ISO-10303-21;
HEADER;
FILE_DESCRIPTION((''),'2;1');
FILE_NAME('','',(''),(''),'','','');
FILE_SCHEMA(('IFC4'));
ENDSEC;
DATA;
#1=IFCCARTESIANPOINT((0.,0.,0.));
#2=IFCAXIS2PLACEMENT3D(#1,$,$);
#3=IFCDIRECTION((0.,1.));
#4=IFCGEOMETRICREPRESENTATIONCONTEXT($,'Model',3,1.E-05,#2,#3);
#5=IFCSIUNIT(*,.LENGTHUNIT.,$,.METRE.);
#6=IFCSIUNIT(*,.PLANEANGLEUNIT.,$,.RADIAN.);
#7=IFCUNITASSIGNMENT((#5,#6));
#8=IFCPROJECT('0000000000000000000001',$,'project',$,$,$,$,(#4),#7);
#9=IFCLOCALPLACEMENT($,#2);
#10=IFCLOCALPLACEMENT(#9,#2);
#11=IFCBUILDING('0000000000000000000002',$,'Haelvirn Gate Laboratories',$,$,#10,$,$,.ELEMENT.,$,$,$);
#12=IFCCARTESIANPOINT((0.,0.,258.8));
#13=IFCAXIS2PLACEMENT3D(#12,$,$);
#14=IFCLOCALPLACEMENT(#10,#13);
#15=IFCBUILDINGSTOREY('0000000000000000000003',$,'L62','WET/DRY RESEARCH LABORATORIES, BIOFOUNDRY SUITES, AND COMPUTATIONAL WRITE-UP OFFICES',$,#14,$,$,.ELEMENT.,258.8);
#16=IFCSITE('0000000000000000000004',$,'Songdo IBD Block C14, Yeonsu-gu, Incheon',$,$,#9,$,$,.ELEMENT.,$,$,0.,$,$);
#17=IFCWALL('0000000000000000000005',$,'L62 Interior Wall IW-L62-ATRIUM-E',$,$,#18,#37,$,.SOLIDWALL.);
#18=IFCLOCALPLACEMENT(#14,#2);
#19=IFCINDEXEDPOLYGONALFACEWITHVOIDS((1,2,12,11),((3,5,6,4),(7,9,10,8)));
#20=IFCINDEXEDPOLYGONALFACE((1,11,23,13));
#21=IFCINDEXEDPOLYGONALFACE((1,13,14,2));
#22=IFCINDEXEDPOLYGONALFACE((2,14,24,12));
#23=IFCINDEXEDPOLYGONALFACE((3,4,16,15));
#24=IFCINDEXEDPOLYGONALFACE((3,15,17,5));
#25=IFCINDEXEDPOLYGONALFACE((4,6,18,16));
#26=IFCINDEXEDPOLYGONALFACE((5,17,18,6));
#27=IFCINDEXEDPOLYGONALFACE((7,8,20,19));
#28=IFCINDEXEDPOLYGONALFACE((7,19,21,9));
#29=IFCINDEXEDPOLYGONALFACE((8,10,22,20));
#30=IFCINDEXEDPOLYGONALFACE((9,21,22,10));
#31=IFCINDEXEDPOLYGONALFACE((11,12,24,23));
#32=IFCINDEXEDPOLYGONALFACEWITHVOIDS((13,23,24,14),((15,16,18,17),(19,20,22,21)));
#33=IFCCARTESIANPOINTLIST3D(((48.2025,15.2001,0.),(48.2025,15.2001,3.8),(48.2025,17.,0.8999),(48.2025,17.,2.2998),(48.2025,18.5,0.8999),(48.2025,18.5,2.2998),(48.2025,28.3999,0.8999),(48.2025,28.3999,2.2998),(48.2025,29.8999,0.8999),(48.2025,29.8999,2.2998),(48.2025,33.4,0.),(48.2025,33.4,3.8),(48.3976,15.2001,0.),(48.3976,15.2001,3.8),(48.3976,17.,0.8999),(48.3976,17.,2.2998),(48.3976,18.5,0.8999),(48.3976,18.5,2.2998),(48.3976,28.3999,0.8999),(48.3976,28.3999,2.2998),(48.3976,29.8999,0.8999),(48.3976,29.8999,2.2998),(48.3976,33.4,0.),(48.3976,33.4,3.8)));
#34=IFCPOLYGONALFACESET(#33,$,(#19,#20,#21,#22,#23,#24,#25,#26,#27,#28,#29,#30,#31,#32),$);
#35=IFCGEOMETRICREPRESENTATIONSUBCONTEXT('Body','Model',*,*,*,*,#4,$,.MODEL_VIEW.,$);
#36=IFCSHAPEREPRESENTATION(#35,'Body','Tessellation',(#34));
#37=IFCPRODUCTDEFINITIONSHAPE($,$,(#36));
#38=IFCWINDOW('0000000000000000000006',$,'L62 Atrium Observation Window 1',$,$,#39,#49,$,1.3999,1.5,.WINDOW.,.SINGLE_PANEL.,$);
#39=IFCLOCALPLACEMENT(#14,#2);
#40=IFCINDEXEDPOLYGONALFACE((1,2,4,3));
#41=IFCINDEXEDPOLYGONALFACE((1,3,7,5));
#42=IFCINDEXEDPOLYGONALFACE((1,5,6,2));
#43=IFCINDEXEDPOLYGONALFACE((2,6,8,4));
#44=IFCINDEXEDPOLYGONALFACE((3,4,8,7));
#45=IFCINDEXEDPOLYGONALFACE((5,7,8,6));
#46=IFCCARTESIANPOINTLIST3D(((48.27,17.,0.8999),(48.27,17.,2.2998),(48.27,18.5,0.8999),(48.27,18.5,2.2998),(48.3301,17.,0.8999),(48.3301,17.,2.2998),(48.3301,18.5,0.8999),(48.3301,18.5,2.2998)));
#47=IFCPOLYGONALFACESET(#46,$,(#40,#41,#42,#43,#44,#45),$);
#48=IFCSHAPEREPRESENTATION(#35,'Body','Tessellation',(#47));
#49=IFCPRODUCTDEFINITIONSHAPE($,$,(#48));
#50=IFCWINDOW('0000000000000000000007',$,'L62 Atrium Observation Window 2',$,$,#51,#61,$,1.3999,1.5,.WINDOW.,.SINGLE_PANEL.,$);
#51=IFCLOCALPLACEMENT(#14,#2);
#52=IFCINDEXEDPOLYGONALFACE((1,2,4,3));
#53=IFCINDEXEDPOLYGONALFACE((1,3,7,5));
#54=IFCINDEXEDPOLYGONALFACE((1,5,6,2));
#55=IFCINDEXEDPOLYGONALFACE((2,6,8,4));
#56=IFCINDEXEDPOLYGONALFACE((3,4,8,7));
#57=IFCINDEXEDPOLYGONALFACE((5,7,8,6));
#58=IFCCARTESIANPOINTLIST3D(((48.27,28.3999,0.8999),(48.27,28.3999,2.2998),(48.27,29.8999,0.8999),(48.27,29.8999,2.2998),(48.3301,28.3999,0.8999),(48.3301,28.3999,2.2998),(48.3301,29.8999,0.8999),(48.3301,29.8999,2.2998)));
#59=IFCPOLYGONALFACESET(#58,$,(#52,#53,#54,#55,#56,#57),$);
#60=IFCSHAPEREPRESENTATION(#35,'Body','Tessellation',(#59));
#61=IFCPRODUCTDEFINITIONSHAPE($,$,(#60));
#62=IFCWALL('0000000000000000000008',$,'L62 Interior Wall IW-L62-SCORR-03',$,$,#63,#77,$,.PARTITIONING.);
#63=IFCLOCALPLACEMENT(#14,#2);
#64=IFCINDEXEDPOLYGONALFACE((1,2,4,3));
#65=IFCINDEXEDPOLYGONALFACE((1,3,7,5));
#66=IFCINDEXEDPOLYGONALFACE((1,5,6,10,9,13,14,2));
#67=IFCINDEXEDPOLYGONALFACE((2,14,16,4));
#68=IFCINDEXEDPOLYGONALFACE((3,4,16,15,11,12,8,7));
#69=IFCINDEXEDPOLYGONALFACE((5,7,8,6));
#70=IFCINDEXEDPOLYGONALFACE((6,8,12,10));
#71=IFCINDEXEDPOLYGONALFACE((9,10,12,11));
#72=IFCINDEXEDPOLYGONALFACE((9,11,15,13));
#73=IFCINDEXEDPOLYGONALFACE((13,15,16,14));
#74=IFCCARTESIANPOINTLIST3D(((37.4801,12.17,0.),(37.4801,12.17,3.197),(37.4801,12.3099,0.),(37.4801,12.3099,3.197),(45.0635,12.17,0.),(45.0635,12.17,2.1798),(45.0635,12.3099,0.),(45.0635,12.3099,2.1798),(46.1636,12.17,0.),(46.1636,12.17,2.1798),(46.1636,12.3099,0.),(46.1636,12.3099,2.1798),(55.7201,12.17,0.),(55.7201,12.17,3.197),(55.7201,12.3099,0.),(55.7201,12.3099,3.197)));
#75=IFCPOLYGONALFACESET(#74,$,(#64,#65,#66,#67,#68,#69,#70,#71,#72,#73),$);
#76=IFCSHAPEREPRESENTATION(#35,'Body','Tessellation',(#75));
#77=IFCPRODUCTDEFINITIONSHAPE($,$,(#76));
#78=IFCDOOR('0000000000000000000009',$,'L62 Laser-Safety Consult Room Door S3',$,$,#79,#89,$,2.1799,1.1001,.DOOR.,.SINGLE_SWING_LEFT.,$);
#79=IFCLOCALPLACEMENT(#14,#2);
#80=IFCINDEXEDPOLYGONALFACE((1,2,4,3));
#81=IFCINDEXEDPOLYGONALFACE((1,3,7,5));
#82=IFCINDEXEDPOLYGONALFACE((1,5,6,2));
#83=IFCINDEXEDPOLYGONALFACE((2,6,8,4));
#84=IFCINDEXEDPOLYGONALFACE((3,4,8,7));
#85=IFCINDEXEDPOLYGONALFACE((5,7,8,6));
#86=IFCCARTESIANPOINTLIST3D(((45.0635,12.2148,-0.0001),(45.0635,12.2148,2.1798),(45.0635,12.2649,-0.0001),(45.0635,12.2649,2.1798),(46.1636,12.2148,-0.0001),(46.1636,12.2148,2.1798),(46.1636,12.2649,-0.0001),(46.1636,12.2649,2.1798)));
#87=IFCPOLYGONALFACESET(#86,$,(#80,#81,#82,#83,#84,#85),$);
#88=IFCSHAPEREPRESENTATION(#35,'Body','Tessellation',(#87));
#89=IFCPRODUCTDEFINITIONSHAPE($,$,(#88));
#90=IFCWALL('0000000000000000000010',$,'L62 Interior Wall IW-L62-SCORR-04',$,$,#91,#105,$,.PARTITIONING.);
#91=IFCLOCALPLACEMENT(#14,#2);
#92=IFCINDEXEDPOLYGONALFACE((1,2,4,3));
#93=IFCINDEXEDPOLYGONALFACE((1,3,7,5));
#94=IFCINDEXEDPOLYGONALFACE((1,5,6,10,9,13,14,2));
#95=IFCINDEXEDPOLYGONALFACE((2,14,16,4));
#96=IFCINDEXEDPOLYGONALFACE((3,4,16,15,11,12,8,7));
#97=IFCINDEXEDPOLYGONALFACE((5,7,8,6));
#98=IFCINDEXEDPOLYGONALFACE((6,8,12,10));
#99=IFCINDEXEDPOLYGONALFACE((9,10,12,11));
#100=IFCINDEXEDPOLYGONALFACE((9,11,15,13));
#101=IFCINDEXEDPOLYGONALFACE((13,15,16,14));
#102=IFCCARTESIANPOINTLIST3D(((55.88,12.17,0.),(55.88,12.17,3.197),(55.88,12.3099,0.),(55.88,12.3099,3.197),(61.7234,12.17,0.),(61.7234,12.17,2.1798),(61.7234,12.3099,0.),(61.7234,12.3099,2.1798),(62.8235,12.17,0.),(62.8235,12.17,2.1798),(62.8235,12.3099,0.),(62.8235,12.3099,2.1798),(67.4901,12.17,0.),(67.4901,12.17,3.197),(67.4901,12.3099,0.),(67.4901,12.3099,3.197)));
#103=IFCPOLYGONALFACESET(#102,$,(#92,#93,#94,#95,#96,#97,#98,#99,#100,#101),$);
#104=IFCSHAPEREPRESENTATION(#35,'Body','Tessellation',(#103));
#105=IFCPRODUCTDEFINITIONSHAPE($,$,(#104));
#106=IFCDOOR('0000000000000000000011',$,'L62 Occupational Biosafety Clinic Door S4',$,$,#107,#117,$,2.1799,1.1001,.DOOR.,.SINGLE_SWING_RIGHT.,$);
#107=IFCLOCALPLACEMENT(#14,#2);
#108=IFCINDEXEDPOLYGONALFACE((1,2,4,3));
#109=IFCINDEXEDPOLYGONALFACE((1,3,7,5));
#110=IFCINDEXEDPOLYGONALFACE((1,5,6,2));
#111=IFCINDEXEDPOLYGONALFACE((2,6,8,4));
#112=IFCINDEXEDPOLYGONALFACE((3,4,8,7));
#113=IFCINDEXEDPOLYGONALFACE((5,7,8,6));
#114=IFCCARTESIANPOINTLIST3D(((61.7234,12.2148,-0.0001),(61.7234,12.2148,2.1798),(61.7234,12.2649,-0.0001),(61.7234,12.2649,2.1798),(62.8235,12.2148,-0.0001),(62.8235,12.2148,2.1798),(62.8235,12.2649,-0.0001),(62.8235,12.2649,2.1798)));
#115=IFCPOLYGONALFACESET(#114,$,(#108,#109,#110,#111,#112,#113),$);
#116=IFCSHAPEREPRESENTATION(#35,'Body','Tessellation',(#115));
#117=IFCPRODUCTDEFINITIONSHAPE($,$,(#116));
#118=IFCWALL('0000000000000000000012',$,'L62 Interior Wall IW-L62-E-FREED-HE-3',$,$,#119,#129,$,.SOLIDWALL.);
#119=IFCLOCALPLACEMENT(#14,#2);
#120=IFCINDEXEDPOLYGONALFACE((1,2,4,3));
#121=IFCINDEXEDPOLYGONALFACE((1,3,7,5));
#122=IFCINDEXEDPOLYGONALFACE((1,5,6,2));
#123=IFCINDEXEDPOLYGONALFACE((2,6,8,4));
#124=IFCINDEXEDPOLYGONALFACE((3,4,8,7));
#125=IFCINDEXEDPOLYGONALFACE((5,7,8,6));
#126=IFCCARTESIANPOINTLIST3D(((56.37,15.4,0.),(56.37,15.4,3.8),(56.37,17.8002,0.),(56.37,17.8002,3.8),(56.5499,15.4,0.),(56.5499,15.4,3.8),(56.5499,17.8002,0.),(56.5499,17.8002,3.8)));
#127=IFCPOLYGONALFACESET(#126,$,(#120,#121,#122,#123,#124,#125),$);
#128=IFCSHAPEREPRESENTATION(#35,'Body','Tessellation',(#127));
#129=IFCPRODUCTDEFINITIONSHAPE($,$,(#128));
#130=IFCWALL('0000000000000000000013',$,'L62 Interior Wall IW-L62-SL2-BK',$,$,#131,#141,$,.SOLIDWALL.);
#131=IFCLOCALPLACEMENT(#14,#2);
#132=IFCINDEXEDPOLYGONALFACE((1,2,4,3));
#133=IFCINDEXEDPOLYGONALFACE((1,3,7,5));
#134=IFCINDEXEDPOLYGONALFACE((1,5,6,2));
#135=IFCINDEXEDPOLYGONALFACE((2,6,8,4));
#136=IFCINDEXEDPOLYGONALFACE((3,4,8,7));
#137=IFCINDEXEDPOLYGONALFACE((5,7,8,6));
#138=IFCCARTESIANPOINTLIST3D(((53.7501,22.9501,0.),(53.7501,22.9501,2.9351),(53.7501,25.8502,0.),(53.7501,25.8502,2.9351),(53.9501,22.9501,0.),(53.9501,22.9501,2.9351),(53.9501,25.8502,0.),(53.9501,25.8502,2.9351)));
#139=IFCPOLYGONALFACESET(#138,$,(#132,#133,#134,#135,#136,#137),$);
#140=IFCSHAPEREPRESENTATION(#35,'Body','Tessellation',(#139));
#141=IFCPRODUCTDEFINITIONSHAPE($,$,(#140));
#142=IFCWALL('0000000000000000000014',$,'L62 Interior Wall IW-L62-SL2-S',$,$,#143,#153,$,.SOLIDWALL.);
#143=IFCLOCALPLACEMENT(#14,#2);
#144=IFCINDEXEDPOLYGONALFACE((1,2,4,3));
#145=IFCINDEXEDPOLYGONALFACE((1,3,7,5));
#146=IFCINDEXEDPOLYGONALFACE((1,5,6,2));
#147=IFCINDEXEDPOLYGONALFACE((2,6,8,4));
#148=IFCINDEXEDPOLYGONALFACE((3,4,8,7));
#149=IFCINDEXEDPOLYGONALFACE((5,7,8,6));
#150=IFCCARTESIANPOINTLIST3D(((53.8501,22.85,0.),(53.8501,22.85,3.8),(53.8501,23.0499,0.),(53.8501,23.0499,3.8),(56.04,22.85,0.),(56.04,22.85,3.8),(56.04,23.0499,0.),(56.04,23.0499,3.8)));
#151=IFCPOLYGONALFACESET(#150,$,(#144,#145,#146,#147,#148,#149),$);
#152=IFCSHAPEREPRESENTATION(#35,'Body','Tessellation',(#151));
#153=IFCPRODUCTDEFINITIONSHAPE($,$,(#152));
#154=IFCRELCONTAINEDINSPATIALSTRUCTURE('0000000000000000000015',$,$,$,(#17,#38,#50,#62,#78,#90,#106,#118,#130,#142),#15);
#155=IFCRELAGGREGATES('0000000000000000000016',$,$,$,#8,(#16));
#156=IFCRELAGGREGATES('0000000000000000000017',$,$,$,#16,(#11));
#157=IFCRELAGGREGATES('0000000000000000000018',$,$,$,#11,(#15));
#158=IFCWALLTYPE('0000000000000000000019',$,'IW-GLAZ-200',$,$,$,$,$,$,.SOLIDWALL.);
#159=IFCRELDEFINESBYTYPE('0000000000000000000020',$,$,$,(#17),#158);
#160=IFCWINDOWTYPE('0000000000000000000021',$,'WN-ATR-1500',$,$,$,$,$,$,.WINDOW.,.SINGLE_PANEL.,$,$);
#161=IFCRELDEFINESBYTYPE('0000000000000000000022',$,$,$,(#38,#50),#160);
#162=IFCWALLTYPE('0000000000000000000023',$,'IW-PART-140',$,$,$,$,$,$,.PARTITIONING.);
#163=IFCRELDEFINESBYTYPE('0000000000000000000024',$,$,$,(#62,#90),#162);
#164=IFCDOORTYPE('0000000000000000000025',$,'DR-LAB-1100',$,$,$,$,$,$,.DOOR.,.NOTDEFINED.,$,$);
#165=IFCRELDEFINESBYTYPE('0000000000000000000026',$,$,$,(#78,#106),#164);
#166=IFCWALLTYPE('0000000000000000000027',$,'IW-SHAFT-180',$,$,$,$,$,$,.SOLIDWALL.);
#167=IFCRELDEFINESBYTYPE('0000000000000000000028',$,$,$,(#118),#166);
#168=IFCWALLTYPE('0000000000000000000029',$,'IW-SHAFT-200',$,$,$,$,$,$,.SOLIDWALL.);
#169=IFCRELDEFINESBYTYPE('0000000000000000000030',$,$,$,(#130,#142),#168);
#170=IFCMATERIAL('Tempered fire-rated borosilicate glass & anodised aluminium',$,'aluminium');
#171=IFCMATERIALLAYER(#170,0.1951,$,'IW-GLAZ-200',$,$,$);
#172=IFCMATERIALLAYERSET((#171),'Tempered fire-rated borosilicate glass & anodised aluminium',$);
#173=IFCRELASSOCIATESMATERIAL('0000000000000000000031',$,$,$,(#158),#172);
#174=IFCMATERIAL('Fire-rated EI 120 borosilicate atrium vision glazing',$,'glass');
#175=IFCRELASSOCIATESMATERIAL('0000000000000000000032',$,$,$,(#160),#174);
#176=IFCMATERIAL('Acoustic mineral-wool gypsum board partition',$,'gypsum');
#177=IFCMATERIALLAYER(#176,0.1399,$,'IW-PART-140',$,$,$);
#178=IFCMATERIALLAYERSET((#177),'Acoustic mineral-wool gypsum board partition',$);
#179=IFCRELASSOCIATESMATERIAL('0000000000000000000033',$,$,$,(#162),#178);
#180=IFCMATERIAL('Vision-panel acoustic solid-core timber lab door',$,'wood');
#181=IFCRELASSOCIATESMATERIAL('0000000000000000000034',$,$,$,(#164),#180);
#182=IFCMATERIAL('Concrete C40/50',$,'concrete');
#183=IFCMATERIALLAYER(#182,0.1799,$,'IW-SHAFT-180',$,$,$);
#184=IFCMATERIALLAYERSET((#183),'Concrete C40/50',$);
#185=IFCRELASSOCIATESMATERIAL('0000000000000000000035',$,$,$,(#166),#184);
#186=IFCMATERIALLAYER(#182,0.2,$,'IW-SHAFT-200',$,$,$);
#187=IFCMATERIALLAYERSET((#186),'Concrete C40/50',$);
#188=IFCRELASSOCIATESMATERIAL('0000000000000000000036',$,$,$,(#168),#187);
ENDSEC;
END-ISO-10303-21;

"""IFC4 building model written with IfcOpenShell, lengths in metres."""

from ifc_helpers import new_model, si_unit, direction, frame, frame_2d, origin, place, context, subcontext, project, spatial, rectangle, extrude, source, transform, mapped, material, layer, layer_set, type_object, type_shapes, element, fill, save


model = new_model("IFC4")

# Units and contexts
model_context = context("Model", 3, precision=1e-05, world=origin(), true_north=direction((0.0, 1.0)))
body_context = subcontext(model_context, "Body", "Model", "MODEL_VIEW")
ifc_project = project(units=[si_unit("LENGTHUNIT", "METRE"), si_unit("PLANEANGLEUNIT", "RADIAN")], contexts=[model_context])

# Site, building, storey
site_placement = place(None, origin())
site = spatial("IfcSite", under=ifc_project, at=site_placement, Name="Songdo IBD Block C14, Yeonsu-gu, Incheon", CompositionType="ELEMENT", RefElevation=0.0)
building_placement = place(site_placement, origin())
building = spatial("IfcBuilding", under=site, at=building_placement, Name="Haelvirn Gate Laboratories", CompositionType="ELEMENT")
storey_placement = place(building_placement, frame((0.0, 0.0, 258.8)))
storey = spatial("IfcBuildingStorey", under=building, at=storey_placement, Name="L62", Description="WET/DRY RESEARCH LABORATORIES, BIOFOUNDRY SUITES, AND COMPUTATIONAL WRITE-UP OFFICES", CompositionType="ELEMENT", Elevation=258.8)

# Wall, openings, windows
ifc_material_1 = material(Name="Tempered fire-rated borosilicate glass & anodised aluminium", Category="aluminium")
ifc_layer_1 = layer(ifc_material_1, 0.1951, Name="IW-GLAZ-200")
ifc_layer_set_1 = layer_set([ifc_layer_1], Name="Tempered fire-rated borosilicate glass & anodised aluminium")
wall_type_1 = type_object("IfcWallType", Name="IW-GLAZ-200", PredefinedType="SOLIDWALL", material=ifc_layer_set_1)
wall_1_placement = place(storey_placement, frame((48.3, 15.2, 0.0), z_axis=(0.0, 0.0, 1.0), x_axis=(0.0, 1.0, 0.0)))
wall_1 = element("IfcWall", 1, at=wall_1_placement, inside=storey, type_object=wall_type_1, Name="L62 Interior Wall IW-L62-ATRIUM-E", PredefinedType="SOLIDWALL", context=body_context, shape_type="SweptSolid", body=[
    extrude(rectangle(XDim=18.2, YDim=0.1951, at=frame_2d((9.1001, 0.0))), origin(), (0.0, 0.0, 1.0), 3.8),
])
opening_1_placement = place(wall_1_placement, frame((1.8, 0.0, 0.8999)))
opening_1 = element("IfcOpeningElement", 2, at=opening_1_placement, cuts=wall_1, PredefinedType="OPENING", context=body_context, shape_type="SweptSolid", body=[
    extrude(rectangle(XDim=1.5, YDim=1.3999, at=frame_2d((0.75, 0.7))), frame((0.0, 0.1074, 0.0), z_axis=(0.0, -1.0, 0.0), x_axis=(1.0, 0.0, 0.0)), (0.0, 0.0, 1.0), 0.2151),
])
opening_2_placement = place(wall_1_placement, frame((13.2, 0.0, 0.8999)))
opening_2 = element("IfcOpeningElement", 3, at=opening_2_placement, cuts=wall_1, PredefinedType="OPENING", context=body_context, shape_type="SweptSolid", body=[
    extrude(rectangle(XDim=1.5, YDim=1.3999, at=frame_2d((0.75, 0.7))), frame((0.0, 0.1074, 0.0), z_axis=(0.0, -1.0, 0.0), x_axis=(1.0, 0.0, 0.0)), (0.0, 0.0, 1.0), 0.2151),
])
ifc_material_2 = material(Name="Fire-rated EI 120 borosilicate atrium vision glazing", Category="glass")
window_type = type_object("IfcWindowType", Name="WN-ATR-1500", PartitioningType="SINGLE_PANEL", PredefinedType="WINDOW", material=ifc_material_2)
shared_shape_1 = source(origin(), body_context, "Body", "SweptSolid", [
    extrude(rectangle(XDim=1.5, YDim=1.3999, at=frame_2d((0.75, 0.7))), frame((0.0, 0.03, 0.0), z_axis=(0.0, -1.0, 0.0), x_axis=(1.0, 0.0, 0.0)), (0.0, 0.0, 1.0), 0.0601),
])
type_shapes(window_type, [shared_shape_1])
window_1_placement = place(opening_1_placement, origin())
window_1 = element("IfcWindow", 4, at=window_1_placement, inside=storey, type_object=window_type, Name="L62 Atrium Observation Window 1", OverallHeight=1.3999, OverallWidth=1.5, PartitioningType="SINGLE_PANEL", PredefinedType="WINDOW", context=body_context, shape_type="MappedRepresentation", body=[
    mapped(shared_shape_1, transform((0.0, 0.0, 0.0), scale=1.0)),
])
fill(opening_1, window_1)
window_2_placement = place(opening_2_placement, origin())
window_2 = element("IfcWindow", 5, at=window_2_placement, inside=storey, type_object=window_type, Name="L62 Atrium Observation Window 2", OverallHeight=1.3999, OverallWidth=1.5, PartitioningType="SINGLE_PANEL", PredefinedType="WINDOW", context=body_context, shape_type="MappedRepresentation", body=[
    mapped(shared_shape_1, transform((0.0, 0.0, 0.0), scale=1.0)),
])
fill(opening_2, window_2)

# Walls, openings, doors
ifc_material_3 = material(Name="Acoustic mineral-wool gypsum board partition", Category="gypsum")
ifc_layer_2 = layer(ifc_material_3, 0.1399, Name="IW-PART-140")
ifc_layer_set_2 = layer_set([ifc_layer_2], Name="Acoustic mineral-wool gypsum board partition")
wall_type_2 = type_object("IfcWallType", Name="IW-PART-140", PredefinedType="PARTITIONING", material=ifc_layer_set_2)
wall_2_placement = place(storey_placement, frame((37.48, 12.24, 0.0), z_axis=(0.0, 0.0, 1.0), x_axis=(1.0, 0.0, 0.0)))
wall_2 = element("IfcWall", 6, at=wall_2_placement, inside=storey, type_object=wall_type_2, Name="L62 Interior Wall IW-L62-SCORR-03", PredefinedType="PARTITIONING", context=body_context, shape_type="SweptSolid", body=[
    extrude(rectangle(XDim=18.24, YDim=0.1399, at=frame_2d((9.1201, 0.0))), origin(), (0.0, 0.0, 1.0), 3.197),
])
opening_3_placement = place(wall_2_placement, frame((7.5835, 0.0, 0.0)))
opening_3 = element("IfcOpeningElement", 7, at=opening_3_placement, cuts=wall_2, PredefinedType="OPENING", context=body_context, shape_type="SweptSolid", body=[
    extrude(rectangle(XDim=1.1001, YDim=2.1799, at=frame_2d((0.55, 1.0898))), frame((0.0, 0.0801, 0.0), z_axis=(0.0, -1.0, 0.0), x_axis=(1.0, 0.0, 0.0)), (0.0, 0.0, 1.0), 0.1599),
])
ifc_material_4 = material(Name="Vision-panel acoustic solid-core timber lab door", Category="wood")
door_type_1 = type_object("IfcDoorType", Name="DR-LAB-1100", OperationType="NOTDEFINED", PredefinedType="DOOR", material=ifc_material_4)
shared_shape_2 = source(origin(), body_context, "Body", "SweptSolid", [
    extrude(rectangle(XDim=1.1001, YDim=2.1799, at=frame_2d((0.55, 1.0898))), frame((0.0, 0.0249, 0.0), z_axis=(0.0, -1.0, 0.0), x_axis=(1.0, 0.0, 0.0)), (0.0, 0.0, 1.0), 0.05),
])
type_shapes(door_type_1, [shared_shape_2])
door_1_placement = place(opening_3_placement, origin())
door_1 = element("IfcDoor", 8, at=door_1_placement, inside=storey, type_object=door_type_1, Name="L62 Laser-Safety Consult Room Door S3", OperationType="SINGLE_SWING_LEFT", OverallHeight=2.1799, OverallWidth=1.1001, PredefinedType="DOOR", context=body_context, shape_type="MappedRepresentation", body=[
    mapped(shared_shape_2, transform((0.0, 0.0, 0.0), scale=1.0)),
])
fill(opening_3, door_1)
wall_3_placement = place(storey_placement, frame((55.8799, 12.24, 0.0), z_axis=(0.0, 0.0, 1.0), x_axis=(1.0, 0.0, 0.0)))
wall_3 = element("IfcWall", 9, at=wall_3_placement, inside=storey, type_object=wall_type_2, Name="L62 Interior Wall IW-L62-SCORR-04", PredefinedType="PARTITIONING", context=body_context, shape_type="SweptSolid", body=[
    extrude(rectangle(XDim=11.6101, YDim=0.1399, at=frame_2d((5.8052, 0.0))), origin(), (0.0, 0.0, 1.0), 3.197),
])
opening_4_placement = place(wall_3_placement, frame((5.8435, 0.0, 0.0)))
opening_4 = element("IfcOpeningElement", 10, at=opening_4_placement, cuts=wall_3, PredefinedType="OPENING", context=body_context, shape_type="SweptSolid", body=[
    extrude(rectangle(XDim=1.1001, YDim=2.1799, at=frame_2d((0.55, 1.0898))), frame((0.0, 0.0801, 0.0), z_axis=(0.0, -1.0, 0.0), x_axis=(1.0, 0.0, 0.0)), (0.0, 0.0, 1.0), 0.1599),
])
door_2_placement = place(opening_4_placement, origin())
door_2 = element("IfcDoor", 11, at=door_2_placement, inside=storey, type_object=door_type_1, Name="L62 Occupational Biosafety Clinic Door S4", OperationType="SINGLE_SWING_RIGHT", OverallHeight=2.1799, OverallWidth=1.1001, PredefinedType="DOOR", context=body_context, shape_type="MappedRepresentation", body=[
    mapped(shared_shape_2, transform((0.0, 0.0, 0.0), scale=1.0)),
])
fill(opening_4, door_2)
ifc_material_5 = material(Name="Concrete C40/50", Category="concrete")
ifc_layer_3 = layer(ifc_material_5, 0.1799, Name="IW-SHAFT-180")
ifc_layer_set_3 = layer_set([ifc_layer_3], Name="Concrete C40/50")
wall_type_3 = type_object("IfcWallType", Name="IW-SHAFT-180", PredefinedType="SOLIDWALL", material=ifc_layer_set_3)

# Walls
wall_4_placement = place(storey_placement, frame((56.46, 15.3999, 0.0), z_axis=(0.0, 0.0, 1.0), x_axis=(0.0, 1.0, 0.0)))
element("IfcWall", 12, at=wall_4_placement, inside=storey, type_object=wall_type_3, Name="L62 Interior Wall IW-L62-E-FREED-HE-3", PredefinedType="SOLIDWALL", context=body_context, shape_type="SweptSolid", body=[
    extrude(rectangle(XDim=2.4001, YDim=0.1799, at=frame_2d((1.2002, 0.0))), origin(), (0.0, 0.0, 1.0), 3.8),
])
ifc_layer_4 = layer(ifc_material_5, 0.2, Name="IW-SHAFT-200")
ifc_layer_set_4 = layer_set([ifc_layer_4], Name="Concrete C40/50")
wall_type_4 = type_object("IfcWallType", Name="IW-SHAFT-200", PredefinedType="SOLIDWALL", material=ifc_layer_set_4)
wall_5_placement = place(storey_placement, frame((53.8501, 22.95, 0.0), z_axis=(0.0, 0.0, 1.0), x_axis=(0.0, 1.0, 0.0)))
element("IfcWall", 13, at=wall_5_placement, inside=storey, type_object=wall_type_4, Name="L62 Interior Wall IW-L62-SL2-BK", PredefinedType="SOLIDWALL", context=body_context, shape_type="SweptSolid", body=[
    extrude(rectangle(XDim=2.9001, YDim=0.2, at=frame_2d((1.4502, 0.0))), origin(), (0.0, 0.0, 1.0), 2.9351),
])
wall_6_placement = place(storey_placement, frame((53.8501, 22.95, 0.0), z_axis=(0.0, 0.0, 1.0), x_axis=(1.0, 0.0, 0.0)))
element("IfcWall", 14, at=wall_6_placement, inside=storey, type_object=wall_type_4, Name="L62 Interior Wall IW-L62-SL2-S", PredefinedType="SOLIDWALL", context=body_context, shape_type="SweptSolid", body=[
    extrude(rectangle(XDim=2.1899, YDim=0.2, at=frame_2d((1.095, 0.0))), origin(), (0.0, 0.0, 1.0), 3.8),
])

save(model, "model.ifc")
